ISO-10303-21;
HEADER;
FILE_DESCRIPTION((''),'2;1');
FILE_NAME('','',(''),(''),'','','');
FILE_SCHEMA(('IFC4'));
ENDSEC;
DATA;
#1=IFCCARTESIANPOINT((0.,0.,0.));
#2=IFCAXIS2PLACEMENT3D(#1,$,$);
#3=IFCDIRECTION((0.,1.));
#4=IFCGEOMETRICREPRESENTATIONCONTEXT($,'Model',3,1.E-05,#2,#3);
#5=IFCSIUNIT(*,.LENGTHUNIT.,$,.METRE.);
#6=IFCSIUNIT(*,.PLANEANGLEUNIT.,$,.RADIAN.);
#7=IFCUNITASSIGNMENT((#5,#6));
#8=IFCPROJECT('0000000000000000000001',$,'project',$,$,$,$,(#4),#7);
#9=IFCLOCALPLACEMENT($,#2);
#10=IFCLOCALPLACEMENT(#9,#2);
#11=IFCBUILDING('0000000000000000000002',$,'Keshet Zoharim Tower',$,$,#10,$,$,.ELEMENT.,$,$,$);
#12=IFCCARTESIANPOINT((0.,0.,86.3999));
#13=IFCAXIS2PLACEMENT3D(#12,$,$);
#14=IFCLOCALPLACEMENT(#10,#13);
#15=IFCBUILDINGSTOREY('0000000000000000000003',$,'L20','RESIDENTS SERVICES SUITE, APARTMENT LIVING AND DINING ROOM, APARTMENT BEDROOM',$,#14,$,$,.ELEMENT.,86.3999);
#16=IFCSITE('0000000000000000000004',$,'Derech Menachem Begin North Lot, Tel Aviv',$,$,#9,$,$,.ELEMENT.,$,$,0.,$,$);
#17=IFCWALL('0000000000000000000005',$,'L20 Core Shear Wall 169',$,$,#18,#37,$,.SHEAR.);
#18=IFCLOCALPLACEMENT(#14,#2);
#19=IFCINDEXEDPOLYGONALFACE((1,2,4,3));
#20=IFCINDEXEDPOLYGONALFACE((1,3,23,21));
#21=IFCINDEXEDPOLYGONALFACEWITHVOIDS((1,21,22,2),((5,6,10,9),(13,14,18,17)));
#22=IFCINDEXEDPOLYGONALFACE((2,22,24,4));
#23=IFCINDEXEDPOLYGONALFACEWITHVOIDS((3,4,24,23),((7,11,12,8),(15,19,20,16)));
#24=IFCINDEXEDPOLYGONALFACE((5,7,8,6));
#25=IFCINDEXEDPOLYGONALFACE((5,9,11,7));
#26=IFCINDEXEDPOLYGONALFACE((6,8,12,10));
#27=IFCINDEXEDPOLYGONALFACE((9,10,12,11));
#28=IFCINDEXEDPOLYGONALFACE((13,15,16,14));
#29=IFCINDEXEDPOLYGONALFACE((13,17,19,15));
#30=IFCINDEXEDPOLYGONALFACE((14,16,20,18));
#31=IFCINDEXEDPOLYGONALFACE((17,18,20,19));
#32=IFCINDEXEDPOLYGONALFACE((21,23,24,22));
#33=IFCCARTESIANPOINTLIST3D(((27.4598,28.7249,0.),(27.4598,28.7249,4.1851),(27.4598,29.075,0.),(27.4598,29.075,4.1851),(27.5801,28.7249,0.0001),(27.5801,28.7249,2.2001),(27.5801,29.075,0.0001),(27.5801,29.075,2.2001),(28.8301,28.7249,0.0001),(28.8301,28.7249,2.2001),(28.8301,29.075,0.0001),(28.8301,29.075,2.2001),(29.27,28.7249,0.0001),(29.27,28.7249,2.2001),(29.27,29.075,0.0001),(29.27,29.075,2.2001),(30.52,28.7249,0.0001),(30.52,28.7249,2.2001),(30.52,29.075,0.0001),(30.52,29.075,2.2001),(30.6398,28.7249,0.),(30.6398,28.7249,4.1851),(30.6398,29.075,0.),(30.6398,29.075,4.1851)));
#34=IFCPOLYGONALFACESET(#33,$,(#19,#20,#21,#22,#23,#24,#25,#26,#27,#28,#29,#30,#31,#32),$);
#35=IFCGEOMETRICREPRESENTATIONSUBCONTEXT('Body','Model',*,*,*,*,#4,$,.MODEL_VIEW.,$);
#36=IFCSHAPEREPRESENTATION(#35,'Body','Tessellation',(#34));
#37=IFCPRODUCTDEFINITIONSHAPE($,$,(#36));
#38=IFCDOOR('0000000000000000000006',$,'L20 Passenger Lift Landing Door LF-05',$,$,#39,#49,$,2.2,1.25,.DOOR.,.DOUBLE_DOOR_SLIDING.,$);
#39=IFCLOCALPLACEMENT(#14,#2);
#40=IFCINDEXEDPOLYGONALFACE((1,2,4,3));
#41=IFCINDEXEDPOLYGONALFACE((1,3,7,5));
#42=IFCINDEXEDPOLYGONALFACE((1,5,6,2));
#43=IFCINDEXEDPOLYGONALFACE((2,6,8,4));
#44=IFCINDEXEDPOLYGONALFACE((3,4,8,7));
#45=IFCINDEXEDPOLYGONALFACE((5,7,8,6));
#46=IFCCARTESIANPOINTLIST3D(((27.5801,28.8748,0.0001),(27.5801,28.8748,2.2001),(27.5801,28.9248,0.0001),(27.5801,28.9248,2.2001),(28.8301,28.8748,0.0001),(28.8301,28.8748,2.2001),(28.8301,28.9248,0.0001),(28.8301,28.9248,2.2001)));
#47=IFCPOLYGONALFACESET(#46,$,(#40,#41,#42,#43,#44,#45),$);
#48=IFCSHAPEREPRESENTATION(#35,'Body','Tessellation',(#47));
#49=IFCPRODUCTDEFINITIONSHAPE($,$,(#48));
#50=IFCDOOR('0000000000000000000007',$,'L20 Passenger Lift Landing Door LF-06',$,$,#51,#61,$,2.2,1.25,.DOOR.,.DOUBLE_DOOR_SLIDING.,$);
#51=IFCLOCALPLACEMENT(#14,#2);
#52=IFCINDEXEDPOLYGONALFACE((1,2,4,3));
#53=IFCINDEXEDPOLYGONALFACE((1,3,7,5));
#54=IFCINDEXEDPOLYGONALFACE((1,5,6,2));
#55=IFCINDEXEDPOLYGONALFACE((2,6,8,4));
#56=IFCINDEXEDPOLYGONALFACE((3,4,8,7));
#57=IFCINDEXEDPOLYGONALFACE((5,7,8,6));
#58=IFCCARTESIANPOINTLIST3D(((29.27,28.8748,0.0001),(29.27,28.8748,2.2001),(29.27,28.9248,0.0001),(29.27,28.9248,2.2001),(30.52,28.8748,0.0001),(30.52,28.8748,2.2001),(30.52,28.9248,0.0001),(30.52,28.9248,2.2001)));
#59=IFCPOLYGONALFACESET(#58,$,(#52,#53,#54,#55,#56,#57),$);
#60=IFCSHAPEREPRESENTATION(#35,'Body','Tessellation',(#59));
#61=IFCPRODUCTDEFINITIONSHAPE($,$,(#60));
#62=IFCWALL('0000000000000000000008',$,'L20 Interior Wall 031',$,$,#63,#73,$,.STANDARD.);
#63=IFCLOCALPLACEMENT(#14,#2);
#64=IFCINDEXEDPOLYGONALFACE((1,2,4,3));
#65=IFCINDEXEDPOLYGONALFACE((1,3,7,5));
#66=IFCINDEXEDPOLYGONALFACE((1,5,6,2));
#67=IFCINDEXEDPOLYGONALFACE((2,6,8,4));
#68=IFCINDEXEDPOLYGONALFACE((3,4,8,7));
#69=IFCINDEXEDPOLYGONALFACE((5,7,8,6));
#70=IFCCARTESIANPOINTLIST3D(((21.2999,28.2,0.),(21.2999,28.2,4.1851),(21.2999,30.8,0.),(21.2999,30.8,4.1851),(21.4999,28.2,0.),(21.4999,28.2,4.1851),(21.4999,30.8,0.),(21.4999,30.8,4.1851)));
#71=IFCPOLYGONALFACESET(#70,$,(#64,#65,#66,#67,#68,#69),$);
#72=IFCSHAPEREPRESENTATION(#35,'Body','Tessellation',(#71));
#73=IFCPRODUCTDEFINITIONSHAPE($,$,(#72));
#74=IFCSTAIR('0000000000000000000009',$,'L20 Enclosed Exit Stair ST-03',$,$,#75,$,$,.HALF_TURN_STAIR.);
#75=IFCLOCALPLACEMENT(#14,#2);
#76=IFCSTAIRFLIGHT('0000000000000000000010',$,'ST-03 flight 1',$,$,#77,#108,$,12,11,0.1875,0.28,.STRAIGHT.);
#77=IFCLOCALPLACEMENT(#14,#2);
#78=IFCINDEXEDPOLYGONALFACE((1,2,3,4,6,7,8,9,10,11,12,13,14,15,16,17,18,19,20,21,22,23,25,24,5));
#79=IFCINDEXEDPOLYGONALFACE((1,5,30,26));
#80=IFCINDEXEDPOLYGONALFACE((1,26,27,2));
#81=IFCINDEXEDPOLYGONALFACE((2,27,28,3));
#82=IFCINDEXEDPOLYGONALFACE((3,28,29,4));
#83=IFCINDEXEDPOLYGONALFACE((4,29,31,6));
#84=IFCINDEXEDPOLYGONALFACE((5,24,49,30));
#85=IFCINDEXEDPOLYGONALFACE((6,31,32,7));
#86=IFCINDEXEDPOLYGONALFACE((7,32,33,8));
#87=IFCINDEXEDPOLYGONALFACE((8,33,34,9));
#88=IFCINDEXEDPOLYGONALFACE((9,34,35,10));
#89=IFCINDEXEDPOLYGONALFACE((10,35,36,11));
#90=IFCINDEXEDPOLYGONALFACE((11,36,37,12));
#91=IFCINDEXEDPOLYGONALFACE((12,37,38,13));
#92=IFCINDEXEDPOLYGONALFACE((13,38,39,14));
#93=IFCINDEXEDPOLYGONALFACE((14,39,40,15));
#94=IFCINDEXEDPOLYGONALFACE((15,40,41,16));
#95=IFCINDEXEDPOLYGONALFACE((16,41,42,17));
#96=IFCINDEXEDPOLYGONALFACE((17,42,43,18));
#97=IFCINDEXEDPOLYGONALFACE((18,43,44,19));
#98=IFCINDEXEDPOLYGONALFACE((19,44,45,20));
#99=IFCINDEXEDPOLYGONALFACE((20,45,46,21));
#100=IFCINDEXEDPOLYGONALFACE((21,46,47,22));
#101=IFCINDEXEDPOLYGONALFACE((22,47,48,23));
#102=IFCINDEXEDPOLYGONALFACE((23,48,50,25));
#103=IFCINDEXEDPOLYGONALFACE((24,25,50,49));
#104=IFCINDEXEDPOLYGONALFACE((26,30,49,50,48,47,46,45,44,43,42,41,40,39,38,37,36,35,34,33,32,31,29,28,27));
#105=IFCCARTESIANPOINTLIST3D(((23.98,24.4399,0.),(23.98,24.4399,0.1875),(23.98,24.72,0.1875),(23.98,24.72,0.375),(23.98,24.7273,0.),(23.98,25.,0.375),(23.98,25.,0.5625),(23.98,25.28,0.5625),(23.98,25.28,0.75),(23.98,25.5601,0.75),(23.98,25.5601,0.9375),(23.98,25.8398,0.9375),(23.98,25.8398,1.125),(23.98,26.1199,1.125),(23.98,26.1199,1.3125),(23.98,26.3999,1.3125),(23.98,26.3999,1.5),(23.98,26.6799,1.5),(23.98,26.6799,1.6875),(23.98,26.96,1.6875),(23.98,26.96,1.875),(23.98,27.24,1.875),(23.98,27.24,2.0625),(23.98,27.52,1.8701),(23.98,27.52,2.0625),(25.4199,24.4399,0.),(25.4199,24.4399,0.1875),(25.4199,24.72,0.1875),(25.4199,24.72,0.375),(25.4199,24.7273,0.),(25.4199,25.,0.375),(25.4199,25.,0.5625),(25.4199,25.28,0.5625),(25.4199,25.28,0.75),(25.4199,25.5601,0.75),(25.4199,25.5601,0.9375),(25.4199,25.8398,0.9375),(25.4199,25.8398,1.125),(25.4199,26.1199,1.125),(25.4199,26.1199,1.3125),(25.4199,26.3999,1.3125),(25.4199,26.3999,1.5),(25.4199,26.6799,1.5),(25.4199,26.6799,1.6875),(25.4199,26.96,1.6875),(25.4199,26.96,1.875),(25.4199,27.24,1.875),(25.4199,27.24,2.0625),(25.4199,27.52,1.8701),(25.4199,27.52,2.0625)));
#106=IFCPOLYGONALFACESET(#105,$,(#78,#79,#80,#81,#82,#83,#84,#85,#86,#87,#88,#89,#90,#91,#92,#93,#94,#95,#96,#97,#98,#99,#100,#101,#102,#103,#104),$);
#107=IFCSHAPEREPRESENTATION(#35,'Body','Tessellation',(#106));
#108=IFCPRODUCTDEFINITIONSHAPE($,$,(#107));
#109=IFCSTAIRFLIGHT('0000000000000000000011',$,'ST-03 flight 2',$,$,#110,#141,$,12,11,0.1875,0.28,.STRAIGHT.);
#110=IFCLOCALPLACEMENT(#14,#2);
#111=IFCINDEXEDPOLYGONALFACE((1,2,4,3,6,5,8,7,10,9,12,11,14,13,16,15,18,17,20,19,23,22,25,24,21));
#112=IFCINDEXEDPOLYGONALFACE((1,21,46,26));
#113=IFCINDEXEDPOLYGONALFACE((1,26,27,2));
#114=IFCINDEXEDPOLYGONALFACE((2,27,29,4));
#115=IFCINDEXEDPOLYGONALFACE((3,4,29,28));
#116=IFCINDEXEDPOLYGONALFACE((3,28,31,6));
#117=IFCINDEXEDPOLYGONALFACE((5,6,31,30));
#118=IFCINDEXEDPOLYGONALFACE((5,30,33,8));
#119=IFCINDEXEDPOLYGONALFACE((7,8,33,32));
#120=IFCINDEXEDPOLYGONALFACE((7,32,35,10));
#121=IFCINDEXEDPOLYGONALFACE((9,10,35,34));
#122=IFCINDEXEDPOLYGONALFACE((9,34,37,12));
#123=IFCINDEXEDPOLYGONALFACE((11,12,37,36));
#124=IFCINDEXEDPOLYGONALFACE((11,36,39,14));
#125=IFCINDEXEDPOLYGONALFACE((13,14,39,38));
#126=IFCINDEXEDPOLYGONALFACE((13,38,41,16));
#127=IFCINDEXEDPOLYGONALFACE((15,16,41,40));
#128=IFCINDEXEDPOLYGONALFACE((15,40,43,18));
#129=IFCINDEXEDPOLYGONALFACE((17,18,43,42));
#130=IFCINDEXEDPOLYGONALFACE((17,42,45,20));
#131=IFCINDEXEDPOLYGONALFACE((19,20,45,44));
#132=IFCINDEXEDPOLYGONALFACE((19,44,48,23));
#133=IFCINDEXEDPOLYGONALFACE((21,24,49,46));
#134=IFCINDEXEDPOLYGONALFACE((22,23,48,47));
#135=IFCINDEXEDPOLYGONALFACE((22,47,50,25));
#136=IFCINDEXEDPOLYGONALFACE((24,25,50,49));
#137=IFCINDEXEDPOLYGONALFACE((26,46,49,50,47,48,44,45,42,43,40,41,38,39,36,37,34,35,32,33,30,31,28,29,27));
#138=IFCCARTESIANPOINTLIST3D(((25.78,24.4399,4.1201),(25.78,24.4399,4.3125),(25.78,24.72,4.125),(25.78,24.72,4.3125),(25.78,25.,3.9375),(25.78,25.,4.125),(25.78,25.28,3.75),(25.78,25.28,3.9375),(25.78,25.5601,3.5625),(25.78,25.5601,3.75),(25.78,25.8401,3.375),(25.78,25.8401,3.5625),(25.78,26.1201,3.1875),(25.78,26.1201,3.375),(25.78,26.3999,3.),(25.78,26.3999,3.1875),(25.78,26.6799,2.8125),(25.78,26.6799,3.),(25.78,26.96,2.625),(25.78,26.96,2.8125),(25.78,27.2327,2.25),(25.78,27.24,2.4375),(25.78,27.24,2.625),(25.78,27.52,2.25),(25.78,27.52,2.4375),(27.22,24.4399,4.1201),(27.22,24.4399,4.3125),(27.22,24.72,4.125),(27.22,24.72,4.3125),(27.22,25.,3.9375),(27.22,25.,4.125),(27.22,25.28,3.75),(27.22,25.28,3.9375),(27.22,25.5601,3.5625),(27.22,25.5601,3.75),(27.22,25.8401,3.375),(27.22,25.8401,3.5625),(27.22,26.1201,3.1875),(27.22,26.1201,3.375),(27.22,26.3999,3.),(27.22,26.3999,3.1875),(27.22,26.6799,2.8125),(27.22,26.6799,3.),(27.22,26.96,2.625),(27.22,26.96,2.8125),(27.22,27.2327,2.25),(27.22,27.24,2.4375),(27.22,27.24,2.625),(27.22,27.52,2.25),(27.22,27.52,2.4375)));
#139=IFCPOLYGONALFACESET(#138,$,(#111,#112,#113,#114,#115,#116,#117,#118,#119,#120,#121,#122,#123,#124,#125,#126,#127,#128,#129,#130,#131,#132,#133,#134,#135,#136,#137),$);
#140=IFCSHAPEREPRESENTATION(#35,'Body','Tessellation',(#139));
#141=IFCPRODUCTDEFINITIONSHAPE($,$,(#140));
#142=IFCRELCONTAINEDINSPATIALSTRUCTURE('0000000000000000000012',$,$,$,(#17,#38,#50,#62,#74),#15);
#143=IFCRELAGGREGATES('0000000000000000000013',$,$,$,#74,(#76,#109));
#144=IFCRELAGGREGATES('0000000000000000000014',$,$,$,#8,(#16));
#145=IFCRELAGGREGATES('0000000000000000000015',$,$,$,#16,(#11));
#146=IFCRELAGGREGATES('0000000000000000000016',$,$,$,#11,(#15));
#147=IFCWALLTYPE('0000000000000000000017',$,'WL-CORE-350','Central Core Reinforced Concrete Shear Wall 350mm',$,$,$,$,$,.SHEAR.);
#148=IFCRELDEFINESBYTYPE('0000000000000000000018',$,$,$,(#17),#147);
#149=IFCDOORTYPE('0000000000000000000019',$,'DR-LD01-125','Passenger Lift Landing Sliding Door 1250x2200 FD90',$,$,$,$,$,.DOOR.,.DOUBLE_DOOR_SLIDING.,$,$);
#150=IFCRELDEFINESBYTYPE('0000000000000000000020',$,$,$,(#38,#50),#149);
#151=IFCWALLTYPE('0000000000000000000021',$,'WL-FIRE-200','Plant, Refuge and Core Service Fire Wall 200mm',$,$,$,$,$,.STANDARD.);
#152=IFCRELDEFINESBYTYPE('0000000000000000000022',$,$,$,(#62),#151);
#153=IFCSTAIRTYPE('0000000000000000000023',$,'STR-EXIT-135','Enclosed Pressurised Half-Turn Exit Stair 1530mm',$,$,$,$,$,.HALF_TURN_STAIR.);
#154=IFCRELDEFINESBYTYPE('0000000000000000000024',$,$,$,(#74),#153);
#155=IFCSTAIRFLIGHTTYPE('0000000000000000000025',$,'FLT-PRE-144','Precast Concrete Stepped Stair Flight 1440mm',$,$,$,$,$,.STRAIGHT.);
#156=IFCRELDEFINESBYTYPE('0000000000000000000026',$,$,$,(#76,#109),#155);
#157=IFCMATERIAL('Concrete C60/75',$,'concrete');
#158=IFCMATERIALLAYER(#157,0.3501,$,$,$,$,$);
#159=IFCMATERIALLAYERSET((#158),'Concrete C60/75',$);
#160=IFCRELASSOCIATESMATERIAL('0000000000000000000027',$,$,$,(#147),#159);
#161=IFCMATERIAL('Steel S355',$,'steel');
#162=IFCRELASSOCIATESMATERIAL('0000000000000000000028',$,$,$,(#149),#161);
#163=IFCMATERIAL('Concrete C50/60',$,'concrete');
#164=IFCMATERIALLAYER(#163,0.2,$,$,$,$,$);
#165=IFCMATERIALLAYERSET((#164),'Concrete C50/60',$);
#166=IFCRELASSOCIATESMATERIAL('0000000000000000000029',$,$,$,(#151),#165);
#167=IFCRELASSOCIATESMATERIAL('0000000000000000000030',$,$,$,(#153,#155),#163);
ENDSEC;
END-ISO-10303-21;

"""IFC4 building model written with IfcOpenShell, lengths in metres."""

from ifc_helpers import new_model, si_unit, direction, frame, frame_2d, origin, place, context, subcontext, project, spatial, polyline, rectangle, outline, extrude, material, layer, layer_set, type_object, element, fill, aggregate, save


model = new_model("IFC4")

# Units and contexts
model_context = context("Model", 3, precision=1e-05, world=origin(), true_north=direction((0.0, 1.0)))
body_context = subcontext(model_context, "Body", "Model", "MODEL_VIEW")
ifc_project = project(units=[si_unit("LENGTHUNIT", "METRE"), si_unit("PLANEANGLEUNIT", "RADIAN")], contexts=[model_context])

# Site, building, storey
site_placement = place(None, origin())
site = spatial("IfcSite", under=ifc_project, at=site_placement, Name="Derech Menachem Begin North Lot, Tel Aviv", CompositionType="ELEMENT", RefElevation=0.0)
building_placement = place(site_placement, origin())
building = spatial("IfcBuilding", under=site, at=building_placement, Name="Keshet Zoharim Tower", CompositionType="ELEMENT")
storey_placement = place(building_placement, frame((0.0, 0.0, 86.3999)))
storey = spatial("IfcBuildingStorey", under=building, at=storey_placement, Name="L20", Description="RESIDENTS SERVICES SUITE, APARTMENT LIVING AND DINING ROOM, APARTMENT BEDROOM", CompositionType="ELEMENT", Elevation=86.3999)

# Shared definitions
ifc_material_1 = material(Name="Concrete C60/75", Category="concrete")
ifc_layer_1 = layer(ifc_material_1, 0.3501)
ifc_layer_set_1 = layer_set([ifc_layer_1], Name="Concrete C60/75")
wall_type_1 = type_object("IfcWallType", Name="WL-CORE-350", Description="Central Core Reinforced Concrete Shear Wall 350mm", PredefinedType="SHEAR", material=ifc_layer_set_1)

# Wall, openings, doors
ifc_material_2 = material(Name="Steel S355", Category="steel")
door_type_1 = type_object("IfcDoorType", Name="DR-LD01-125", Description="Passenger Lift Landing Sliding Door 1250x2200 FD90", OperationType="DOUBLE_DOOR_SLIDING", PredefinedType="DOOR", material=ifc_material_2)
wall_1_placement = place(storey_placement, frame((27.46, 28.8999, 0.0), z_axis=(0.0, 0.0, 1.0), x_axis=(1.0, 0.0, 0.0)))
wall_1 = element("IfcWall", 1, at=wall_1_placement, inside=storey, type_object=wall_type_1, Name="L20 Core Shear Wall 169", PredefinedType="SHEAR", context=body_context, shape_type="SweptSolid", body=[
    extrude(rectangle(XDim=3.1799, YDim=0.3501, at=frame_2d((1.5898, 0.0))), origin(), (0.0, 0.0, 1.0), 4.1851),
])
opening_1_placement = place(wall_1_placement, frame((0.1201, 0.0, 0.0)))
opening_1 = element("IfcOpeningElement", 2, at=opening_1_placement, cuts=wall_1, PredefinedType="OPENING", context=body_context, shape_type="SweptSolid", body=[
    extrude(rectangle(XDim=1.25, YDim=2.2, at=frame_2d((0.625, 1.1001))), frame((0.0, 0.1851, 0.0), z_axis=(0.0, -1.0, 0.0), x_axis=(1.0, 0.0, 0.0)), (0.0, 0.0, 1.0), 0.3701),
])
opening_2_placement = place(wall_1_placement, frame((1.8101, 0.0, 0.0)))
opening_2 = element("IfcOpeningElement", 3, at=opening_2_placement, cuts=wall_1, PredefinedType="OPENING", context=body_context, shape_type="SweptSolid", body=[
    extrude(rectangle(XDim=1.25, YDim=2.2, at=frame_2d((0.625, 1.1001))), frame((0.0, 0.1851, 0.0), z_axis=(0.0, -1.0, 0.0), x_axis=(1.0, 0.0, 0.0)), (0.0, 0.0, 1.0), 0.3701),
])
door_1_placement = place(opening_1_placement, origin())
door_1 = element("IfcDoor", 4, at=door_1_placement, inside=storey, type_object=door_type_1, Name="L20 Passenger Lift Landing Door LF-05", OperationType="DOUBLE_DOOR_SLIDING", OverallHeight=2.2, OverallWidth=1.25, PredefinedType="DOOR", context=body_context, shape_type="SweptSolid", body=[
    extrude(rectangle(XDim=1.25, YDim=2.2, at=frame_2d((0.625, 1.1001))), frame((0.0, 0.0249, 0.0), z_axis=(0.0, -1.0, 0.0), x_axis=(1.0, 0.0, 0.0)), (0.0, 0.0, 1.0), 0.05),
])
fill(opening_1, door_1)
door_2_placement = place(opening_2_placement, origin())
door_2 = element("IfcDoor", 5, at=door_2_placement, inside=storey, type_object=door_type_1, Name="L20 Passenger Lift Landing Door LF-06", OperationType="DOUBLE_DOOR_SLIDING", OverallHeight=2.2, OverallWidth=1.25, PredefinedType="DOOR", context=body_context, shape_type="SweptSolid", body=[
    extrude(rectangle(XDim=1.25, YDim=2.2, at=frame_2d((0.625, 1.1001))), frame((0.0, 0.0249, 0.0), z_axis=(0.0, -1.0, 0.0), x_axis=(1.0, 0.0, 0.0)), (0.0, 0.0, 1.0), 0.05),
])
fill(opening_2, door_2)

# Wall
ifc_material_3 = material(Name="Concrete C50/60", Category="concrete")
ifc_layer_2 = layer(ifc_material_3, 0.2)
ifc_layer_set_2 = layer_set([ifc_layer_2], Name="Concrete C50/60")
wall_type_2 = type_object("IfcWallType", Name="WL-FIRE-200", Description="Plant, Refuge and Core Service Fire Wall 200mm", PredefinedType="STANDARD", material=ifc_layer_set_2)
wall_2_placement = place(storey_placement, frame((21.3999, 28.2, 0.0), z_axis=(0.0, 0.0, 1.0), x_axis=(0.0, 1.0, 0.0)))
element("IfcWall", 6, at=wall_2_placement, inside=storey, type_object=wall_type_2, Name="L20 Interior Wall 031", PredefinedType="STANDARD", context=body_context, shape_type="SweptSolid", body=[
    extrude(rectangle(XDim=2.6001, YDim=0.2, at=frame_2d((1.3, 0.0))), origin(), (0.0, 0.0, 1.0), 4.1851),
])

# Stair, stair flights
stair_type = type_object("IfcStairType", Name="STR-EXIT-135", Description="Enclosed Pressurised Half-Turn Exit Stair 1530mm", PredefinedType="HALF_TURN_STAIR", material=ifc_material_3)
stair_placement = place(storey_placement, origin())
stair = element("IfcStair", 7, at=stair_placement, inside=storey, type_object=stair_type, Name="L20 Enclosed Exit Stair ST-03", PredefinedType="HALF_TURN_STAIR")
stair_flight_type = type_object("IfcStairFlightType", Name="FLT-PRE-144", Description="Precast Concrete Stepped Stair Flight 1440mm", PredefinedType="STRAIGHT", material=ifc_material_3)
stair_flight_1_placement = place(storey_placement, frame((24.7, 24.4399, 0.0), z_axis=(0.0, 0.0, 1.0), x_axis=(0.0, 1.0, 0.0)))
stair_flight_1 = element("IfcStairFlight", 8, at=stair_flight_1_placement, type_object=stair_flight_type, Name="ST-03 flight 1", NumberOfRisers=12, NumberOfTreads=11, PredefinedType="STRAIGHT", RiserHeight=0.1875, TreadLength=0.28, context=body_context, shape_type="SweptSolid", body=[
    extrude(outline(polyline([(0.0, 0.0), (0.0, 0.1875), (0.28, 0.1875), (0.28, 0.375), (0.5601, 0.375), (0.5601, 0.5625), (0.8401, 0.5625), (0.8401, 0.75), (1.1201, 0.75), (1.1201, 0.9375), (1.3999, 0.9375), (1.3999, 1.125), (1.6799, 1.125), (1.6799, 1.3125), (1.96, 1.3125), (1.96, 1.5), (2.24, 1.5), (2.24, 1.6875), (2.52, 1.6875), (2.52, 1.875), (2.8, 1.875), (2.8, 2.0625), (3.0801, 2.0625), (3.0801, 2.25), (3.0801, 1.8701), (0.2874, 0.0), (0.0, 0.0)])), frame((0.0, 0.72, 0.0), z_axis=(0.0, -1.0, 0.0), x_axis=(1.0, 0.0, 0.0)), (0.0, 0.0, 1.0), 1.4399),
])
stair_flight_2_placement = place(storey_placement, frame((26.5, 27.52, 2.25), z_axis=(0.0, 0.0, 1.0), x_axis=(0.0, -1.0, 0.0)))
stair_flight_2 = element("IfcStairFlight", 9, at=stair_flight_2_placement, type_object=stair_flight_type, Name="ST-03 flight 2", NumberOfRisers=12, NumberOfTreads=11, PredefinedType="STRAIGHT", RiserHeight=0.1875, TreadLength=0.28, context=body_context, shape_type="SweptSolid", body=[
    extrude(outline(polyline([(0.0, 0.0), (0.0, 0.1875), (0.28, 0.1875), (0.28, 0.375), (0.5601, 0.375), (0.5601, 0.5625), (0.8401, 0.5625), (0.8401, 0.75), (1.1201, 0.75), (1.1201, 0.9375), (1.3999, 0.9375), (1.3999, 1.125), (1.6799, 1.125), (1.6799, 1.3125), (1.96, 1.3125), (1.96, 1.5), (2.24, 1.5), (2.24, 1.6875), (2.52, 1.6875), (2.52, 1.875), (2.8, 1.875), (2.8, 2.0625), (3.0801, 2.0625), (3.0801, 2.25), (3.0801, 1.8701), (0.2874, 0.0), (0.0, 0.0)])), frame((0.0, 0.72, 0.0), z_axis=(0.0, -1.0, 0.0), x_axis=(1.0, 0.0, 0.0)), (0.0, 0.0, 1.0), 1.4399),
])
aggregate(stair, [stair_flight_1, stair_flight_2])

save(model, "model.ifc")
